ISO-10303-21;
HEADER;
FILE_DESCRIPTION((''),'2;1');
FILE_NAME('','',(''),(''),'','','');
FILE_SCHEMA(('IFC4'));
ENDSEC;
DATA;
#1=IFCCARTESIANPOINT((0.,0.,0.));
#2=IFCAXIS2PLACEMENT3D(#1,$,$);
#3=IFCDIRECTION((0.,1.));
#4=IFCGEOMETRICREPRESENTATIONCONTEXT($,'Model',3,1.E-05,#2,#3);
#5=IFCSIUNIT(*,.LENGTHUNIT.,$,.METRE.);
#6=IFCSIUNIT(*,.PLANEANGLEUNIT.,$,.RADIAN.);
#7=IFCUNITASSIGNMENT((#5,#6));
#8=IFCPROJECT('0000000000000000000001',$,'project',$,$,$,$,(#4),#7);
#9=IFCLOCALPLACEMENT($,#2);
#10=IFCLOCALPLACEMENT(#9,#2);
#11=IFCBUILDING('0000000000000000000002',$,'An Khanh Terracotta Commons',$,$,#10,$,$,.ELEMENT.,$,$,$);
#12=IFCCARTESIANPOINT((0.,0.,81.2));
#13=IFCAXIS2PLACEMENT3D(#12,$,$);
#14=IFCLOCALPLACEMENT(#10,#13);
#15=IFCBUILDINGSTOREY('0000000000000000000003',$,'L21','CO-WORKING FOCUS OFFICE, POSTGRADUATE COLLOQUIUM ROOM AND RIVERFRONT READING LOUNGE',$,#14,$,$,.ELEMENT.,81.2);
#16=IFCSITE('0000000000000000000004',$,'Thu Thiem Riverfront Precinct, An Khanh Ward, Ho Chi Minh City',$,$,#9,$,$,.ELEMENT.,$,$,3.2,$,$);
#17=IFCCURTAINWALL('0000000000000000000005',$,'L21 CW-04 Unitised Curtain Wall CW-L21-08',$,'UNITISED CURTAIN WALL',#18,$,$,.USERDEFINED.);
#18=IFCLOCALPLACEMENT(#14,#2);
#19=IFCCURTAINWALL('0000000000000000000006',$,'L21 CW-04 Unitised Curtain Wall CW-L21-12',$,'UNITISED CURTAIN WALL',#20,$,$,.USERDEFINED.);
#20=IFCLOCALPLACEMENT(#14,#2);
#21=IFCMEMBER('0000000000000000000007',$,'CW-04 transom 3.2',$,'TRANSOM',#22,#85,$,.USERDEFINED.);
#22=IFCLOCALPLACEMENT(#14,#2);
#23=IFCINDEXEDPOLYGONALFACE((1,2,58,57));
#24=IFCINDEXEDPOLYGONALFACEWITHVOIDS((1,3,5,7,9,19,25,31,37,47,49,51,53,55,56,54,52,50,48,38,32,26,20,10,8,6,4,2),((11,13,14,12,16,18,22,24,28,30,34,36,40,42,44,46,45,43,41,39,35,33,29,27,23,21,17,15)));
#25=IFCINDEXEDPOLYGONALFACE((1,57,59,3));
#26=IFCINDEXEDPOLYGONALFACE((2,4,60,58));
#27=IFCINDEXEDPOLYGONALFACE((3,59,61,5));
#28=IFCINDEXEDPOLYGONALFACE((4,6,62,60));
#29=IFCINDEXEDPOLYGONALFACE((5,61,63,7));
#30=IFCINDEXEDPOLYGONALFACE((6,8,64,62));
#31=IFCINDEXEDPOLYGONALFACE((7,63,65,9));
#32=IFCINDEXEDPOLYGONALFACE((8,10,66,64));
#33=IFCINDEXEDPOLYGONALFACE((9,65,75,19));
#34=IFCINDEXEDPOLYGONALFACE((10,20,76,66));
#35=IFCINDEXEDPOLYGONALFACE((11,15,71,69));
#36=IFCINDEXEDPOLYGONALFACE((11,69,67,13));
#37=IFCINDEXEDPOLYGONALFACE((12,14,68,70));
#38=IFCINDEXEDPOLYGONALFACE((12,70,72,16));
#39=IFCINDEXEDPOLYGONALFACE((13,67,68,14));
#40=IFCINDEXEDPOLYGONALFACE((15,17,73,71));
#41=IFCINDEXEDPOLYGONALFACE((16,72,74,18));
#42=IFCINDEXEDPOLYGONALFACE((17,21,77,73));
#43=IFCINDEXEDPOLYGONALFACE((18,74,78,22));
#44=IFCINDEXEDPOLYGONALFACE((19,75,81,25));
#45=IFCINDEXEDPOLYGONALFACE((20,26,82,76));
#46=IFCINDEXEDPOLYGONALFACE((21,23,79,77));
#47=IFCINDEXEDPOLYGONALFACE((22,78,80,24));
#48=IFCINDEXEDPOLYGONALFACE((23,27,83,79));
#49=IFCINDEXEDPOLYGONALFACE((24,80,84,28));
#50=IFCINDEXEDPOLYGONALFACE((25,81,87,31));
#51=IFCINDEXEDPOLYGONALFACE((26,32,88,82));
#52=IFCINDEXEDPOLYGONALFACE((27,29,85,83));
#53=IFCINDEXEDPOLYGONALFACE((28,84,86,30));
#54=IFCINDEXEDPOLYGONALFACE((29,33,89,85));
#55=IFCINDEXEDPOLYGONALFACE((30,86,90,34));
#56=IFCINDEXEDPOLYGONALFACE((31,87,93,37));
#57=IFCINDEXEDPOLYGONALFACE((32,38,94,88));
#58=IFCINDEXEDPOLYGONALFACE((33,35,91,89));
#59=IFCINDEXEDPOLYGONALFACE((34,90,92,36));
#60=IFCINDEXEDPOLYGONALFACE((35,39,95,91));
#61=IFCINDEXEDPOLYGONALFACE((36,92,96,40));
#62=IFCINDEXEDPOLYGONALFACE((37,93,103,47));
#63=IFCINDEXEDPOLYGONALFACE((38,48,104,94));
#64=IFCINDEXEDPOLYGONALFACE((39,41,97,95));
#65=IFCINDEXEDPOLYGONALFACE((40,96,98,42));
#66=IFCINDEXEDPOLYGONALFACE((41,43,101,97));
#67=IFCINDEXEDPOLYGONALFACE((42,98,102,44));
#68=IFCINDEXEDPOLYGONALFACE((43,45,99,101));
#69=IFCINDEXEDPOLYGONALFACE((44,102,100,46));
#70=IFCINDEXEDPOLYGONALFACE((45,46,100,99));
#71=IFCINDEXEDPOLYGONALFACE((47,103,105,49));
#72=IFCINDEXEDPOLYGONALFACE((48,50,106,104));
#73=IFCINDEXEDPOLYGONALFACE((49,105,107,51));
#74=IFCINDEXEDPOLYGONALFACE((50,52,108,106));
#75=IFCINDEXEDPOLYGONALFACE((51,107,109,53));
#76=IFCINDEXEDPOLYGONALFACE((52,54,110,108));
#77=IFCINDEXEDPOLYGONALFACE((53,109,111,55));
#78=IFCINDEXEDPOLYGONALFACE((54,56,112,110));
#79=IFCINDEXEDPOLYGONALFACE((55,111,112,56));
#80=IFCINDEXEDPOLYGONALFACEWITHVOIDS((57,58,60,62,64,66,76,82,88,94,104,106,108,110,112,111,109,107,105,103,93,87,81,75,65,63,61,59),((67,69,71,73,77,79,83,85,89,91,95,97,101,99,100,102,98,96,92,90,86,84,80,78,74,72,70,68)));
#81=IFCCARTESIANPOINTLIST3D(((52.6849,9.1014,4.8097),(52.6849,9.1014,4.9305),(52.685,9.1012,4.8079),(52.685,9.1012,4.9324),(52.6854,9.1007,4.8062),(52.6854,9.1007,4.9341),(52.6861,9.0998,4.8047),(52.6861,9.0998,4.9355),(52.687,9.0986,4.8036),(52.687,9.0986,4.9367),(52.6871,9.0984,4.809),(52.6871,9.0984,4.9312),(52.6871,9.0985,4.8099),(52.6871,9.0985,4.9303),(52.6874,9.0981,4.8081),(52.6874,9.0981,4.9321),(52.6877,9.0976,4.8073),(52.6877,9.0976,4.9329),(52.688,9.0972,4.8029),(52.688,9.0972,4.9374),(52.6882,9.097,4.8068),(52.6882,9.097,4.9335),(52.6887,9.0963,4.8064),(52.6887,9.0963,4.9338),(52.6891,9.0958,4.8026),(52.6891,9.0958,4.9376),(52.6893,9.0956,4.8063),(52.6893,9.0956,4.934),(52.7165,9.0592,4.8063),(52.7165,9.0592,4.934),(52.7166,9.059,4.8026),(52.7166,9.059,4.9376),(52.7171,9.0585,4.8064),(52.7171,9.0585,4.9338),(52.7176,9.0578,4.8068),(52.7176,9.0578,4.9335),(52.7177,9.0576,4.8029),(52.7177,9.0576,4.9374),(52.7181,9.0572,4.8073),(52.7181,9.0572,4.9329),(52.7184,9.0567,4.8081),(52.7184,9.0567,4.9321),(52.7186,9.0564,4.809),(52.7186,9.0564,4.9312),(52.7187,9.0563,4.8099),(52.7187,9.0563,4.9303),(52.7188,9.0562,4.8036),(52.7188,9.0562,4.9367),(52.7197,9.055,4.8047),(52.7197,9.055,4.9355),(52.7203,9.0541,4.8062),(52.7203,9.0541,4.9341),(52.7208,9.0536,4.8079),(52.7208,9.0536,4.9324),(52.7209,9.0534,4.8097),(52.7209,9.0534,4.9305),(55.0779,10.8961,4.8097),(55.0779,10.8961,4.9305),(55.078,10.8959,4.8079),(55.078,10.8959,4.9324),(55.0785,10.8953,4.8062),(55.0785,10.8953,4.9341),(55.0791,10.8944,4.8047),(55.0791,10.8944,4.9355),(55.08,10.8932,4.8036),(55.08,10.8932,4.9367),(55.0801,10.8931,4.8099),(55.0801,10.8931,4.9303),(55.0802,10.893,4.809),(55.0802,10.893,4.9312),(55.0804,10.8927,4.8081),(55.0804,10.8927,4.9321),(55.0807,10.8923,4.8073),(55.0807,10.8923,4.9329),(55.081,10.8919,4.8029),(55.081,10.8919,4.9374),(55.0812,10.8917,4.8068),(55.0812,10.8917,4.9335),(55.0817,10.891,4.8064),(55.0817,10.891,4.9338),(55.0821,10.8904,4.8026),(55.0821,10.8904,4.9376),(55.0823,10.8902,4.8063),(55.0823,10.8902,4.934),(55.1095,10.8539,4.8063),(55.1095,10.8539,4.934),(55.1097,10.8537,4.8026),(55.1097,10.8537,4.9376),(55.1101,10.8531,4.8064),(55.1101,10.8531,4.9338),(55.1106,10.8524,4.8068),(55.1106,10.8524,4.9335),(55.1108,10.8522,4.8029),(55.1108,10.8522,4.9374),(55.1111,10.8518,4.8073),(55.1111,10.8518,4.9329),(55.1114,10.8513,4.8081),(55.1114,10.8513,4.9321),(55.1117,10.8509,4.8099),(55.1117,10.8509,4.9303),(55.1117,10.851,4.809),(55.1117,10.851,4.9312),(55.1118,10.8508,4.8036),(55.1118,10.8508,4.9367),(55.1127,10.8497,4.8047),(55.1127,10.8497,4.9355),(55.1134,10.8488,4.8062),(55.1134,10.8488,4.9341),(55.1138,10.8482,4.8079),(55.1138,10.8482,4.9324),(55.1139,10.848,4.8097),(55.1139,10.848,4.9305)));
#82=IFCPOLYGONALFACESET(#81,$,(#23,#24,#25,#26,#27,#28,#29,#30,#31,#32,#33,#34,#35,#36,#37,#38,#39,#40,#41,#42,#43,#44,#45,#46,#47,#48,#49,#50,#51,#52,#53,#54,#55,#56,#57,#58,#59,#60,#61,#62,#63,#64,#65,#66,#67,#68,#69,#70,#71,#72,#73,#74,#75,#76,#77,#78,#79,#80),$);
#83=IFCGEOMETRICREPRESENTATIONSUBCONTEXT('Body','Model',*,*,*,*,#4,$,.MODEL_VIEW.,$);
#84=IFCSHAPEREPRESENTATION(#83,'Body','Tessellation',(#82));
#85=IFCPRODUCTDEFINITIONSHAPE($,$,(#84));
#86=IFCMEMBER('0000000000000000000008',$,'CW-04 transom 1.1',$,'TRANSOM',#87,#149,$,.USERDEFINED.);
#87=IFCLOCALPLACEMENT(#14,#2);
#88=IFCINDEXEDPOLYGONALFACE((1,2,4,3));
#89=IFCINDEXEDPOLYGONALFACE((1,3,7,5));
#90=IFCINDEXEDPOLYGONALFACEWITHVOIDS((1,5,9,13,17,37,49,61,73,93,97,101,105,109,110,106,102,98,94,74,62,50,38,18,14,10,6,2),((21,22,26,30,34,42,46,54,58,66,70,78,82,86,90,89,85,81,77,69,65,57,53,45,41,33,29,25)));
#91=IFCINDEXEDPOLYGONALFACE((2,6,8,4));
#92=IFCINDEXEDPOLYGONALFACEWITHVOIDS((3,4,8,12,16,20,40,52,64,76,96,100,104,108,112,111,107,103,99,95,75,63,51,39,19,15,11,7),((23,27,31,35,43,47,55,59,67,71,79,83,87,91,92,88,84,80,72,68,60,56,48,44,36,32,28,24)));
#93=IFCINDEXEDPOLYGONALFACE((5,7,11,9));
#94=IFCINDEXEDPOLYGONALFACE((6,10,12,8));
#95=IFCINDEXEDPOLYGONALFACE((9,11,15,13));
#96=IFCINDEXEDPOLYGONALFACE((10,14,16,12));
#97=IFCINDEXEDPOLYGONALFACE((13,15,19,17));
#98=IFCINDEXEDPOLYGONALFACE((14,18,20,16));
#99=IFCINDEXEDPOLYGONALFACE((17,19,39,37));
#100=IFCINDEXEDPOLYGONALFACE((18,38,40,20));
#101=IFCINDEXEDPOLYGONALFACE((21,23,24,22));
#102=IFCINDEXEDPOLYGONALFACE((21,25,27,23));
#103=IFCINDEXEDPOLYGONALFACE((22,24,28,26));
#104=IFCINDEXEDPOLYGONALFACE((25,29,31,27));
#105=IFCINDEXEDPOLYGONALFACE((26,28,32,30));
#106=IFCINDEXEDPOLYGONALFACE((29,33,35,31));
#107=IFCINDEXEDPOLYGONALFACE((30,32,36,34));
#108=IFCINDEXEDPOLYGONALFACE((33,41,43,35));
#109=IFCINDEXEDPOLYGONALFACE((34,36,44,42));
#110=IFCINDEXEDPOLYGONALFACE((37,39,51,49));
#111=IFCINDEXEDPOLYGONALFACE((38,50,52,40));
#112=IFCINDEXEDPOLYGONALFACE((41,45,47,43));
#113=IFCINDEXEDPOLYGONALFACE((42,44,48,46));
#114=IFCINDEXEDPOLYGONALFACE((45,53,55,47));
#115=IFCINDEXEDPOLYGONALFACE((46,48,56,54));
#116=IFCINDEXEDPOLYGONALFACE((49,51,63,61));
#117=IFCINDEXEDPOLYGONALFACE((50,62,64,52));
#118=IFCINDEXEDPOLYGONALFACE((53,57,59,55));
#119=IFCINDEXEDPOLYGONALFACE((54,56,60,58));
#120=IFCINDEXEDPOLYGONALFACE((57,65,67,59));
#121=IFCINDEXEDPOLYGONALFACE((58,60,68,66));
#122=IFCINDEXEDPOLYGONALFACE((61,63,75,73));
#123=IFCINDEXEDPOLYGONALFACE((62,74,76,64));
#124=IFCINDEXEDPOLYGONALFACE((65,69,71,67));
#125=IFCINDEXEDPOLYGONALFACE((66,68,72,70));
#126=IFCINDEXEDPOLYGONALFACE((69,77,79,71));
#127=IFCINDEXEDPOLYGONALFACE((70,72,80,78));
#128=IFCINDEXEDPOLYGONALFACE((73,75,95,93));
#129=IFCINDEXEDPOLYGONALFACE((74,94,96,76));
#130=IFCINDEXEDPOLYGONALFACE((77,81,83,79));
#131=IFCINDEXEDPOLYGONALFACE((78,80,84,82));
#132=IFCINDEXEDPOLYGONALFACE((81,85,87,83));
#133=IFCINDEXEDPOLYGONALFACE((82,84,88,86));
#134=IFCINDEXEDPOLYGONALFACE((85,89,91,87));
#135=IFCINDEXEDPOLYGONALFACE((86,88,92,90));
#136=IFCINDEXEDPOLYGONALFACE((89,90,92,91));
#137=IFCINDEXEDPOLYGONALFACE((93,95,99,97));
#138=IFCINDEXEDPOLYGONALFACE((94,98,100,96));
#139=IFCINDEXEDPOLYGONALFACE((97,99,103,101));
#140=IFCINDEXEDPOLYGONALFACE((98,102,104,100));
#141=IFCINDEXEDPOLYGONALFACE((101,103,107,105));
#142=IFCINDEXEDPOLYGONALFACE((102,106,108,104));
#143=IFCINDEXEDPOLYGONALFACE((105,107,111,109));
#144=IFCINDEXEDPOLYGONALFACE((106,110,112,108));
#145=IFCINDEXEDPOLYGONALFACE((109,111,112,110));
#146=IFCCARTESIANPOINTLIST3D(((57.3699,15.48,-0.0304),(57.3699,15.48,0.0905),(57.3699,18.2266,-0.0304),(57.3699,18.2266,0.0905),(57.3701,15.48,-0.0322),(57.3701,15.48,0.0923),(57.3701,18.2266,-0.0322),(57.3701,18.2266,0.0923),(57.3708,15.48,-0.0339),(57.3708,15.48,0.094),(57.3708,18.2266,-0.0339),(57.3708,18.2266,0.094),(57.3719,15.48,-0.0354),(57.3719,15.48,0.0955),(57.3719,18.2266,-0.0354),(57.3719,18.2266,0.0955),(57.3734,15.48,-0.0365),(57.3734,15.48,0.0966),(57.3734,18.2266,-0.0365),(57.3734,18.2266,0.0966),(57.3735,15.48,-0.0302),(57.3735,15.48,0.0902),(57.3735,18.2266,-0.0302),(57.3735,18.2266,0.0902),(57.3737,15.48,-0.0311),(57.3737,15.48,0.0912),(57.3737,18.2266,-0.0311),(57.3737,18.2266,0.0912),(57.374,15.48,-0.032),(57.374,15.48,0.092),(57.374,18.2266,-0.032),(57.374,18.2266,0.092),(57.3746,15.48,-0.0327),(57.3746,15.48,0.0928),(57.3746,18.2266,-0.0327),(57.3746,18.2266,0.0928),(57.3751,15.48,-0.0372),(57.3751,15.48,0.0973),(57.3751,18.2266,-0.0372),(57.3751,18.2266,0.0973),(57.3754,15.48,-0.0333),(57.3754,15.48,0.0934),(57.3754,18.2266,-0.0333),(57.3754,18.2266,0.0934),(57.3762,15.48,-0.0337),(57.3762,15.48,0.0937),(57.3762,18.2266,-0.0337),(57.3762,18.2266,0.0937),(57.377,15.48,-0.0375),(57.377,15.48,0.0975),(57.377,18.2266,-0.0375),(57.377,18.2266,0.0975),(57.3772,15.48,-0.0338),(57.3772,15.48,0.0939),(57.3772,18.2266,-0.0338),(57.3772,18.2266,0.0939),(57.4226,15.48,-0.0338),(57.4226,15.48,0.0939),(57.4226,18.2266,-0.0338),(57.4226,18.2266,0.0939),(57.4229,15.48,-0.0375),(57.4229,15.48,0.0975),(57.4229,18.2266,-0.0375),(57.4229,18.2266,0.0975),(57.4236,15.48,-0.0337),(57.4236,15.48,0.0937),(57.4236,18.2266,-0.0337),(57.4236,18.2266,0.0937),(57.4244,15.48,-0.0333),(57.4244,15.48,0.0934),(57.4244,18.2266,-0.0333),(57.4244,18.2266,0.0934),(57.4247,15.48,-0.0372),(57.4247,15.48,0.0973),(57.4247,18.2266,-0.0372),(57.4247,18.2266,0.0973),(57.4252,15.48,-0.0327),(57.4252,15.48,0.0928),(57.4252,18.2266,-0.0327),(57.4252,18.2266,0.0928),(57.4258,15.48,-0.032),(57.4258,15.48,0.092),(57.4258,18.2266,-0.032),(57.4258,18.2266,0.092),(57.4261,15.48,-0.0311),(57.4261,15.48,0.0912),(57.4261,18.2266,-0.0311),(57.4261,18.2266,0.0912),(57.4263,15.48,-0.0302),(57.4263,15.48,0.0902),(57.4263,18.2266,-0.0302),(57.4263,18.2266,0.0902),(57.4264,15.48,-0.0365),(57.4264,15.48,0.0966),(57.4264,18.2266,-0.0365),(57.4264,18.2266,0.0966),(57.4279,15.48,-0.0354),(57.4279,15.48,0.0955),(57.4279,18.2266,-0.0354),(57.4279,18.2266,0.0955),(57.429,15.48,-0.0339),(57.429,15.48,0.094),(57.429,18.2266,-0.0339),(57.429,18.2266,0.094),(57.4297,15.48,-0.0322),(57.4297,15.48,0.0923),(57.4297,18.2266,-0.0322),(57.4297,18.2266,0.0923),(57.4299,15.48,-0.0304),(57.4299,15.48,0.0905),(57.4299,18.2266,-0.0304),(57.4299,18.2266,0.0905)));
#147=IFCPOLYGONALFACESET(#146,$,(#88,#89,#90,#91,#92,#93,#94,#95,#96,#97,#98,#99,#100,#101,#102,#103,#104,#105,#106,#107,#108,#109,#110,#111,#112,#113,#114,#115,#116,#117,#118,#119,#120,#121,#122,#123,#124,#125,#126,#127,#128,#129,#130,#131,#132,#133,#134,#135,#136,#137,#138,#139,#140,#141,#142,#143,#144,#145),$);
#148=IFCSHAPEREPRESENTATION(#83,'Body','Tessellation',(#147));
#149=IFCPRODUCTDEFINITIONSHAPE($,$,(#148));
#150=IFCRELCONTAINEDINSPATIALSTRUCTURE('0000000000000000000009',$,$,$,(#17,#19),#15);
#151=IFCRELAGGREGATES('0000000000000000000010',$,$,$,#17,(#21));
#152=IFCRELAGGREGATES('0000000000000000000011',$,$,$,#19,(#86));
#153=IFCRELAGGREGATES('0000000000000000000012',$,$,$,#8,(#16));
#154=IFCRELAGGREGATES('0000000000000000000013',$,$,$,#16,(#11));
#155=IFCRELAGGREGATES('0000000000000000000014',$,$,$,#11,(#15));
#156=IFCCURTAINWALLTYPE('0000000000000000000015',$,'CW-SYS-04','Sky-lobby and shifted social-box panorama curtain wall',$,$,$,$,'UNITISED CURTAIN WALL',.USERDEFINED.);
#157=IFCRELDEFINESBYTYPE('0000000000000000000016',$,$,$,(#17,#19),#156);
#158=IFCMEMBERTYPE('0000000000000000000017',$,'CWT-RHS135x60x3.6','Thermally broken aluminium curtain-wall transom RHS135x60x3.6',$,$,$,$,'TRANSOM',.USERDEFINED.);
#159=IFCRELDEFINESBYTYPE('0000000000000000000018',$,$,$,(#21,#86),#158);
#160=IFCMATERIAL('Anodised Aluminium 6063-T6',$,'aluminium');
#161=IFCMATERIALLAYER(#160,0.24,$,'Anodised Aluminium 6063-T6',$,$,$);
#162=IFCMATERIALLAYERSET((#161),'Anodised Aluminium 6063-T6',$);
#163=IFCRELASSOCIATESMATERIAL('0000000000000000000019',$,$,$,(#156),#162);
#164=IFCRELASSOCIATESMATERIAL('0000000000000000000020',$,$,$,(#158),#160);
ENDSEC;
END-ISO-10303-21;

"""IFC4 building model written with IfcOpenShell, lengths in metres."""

from ifc_helpers import new_model, si_unit, direction, frame, origin, origin_2d, place, context, subcontext, project, spatial, hollow_rectangle, extrude, material, layer, layer_set, material_profile, profile_set, type_object, element, aggregate, save


model = new_model("IFC4")

# Units and contexts
model_context = context("Model", 3, precision=1e-05, world=origin(), true_north=direction((0.0, 1.0)))
body_context = subcontext(model_context, "Body", "Model", "MODEL_VIEW")
ifc_project = project(units=[si_unit("LENGTHUNIT", "METRE"), si_unit("PLANEANGLEUNIT", "RADIAN")], contexts=[model_context])

# Site, building, storey
site_placement = place(None, origin())
site = spatial("IfcSite", under=ifc_project, at=site_placement, Name="Thu Thiem Riverfront Precinct, An Khanh Ward, Ho Chi Minh City", CompositionType="ELEMENT", RefElevation=3.2)
building_placement = place(site_placement, origin())
building = spatial("IfcBuilding", under=site, at=building_placement, Name="An Khanh Terracotta Commons", CompositionType="ELEMENT")
storey_placement = place(building_placement, frame((0.0, 0.0, 81.2)))
storey = spatial("IfcBuildingStorey", under=building, at=storey_placement, Name="L21", Description="CO-WORKING FOCUS OFFICE, POSTGRADUATE COLLOQUIUM ROOM AND RIVERFRONT READING LOUNGE", CompositionType="ELEMENT", Elevation=81.2)

# Curtain walls
ifc_material_1 = material(Name="Anodised Aluminium 6063-T6", Category="aluminium")
ifc_layer_1 = layer(ifc_material_1, 0.24, Name="Anodised Aluminium 6063-T6")
ifc_layer_set_1 = layer_set([ifc_layer_1], Name="Anodised Aluminium 6063-T6")
curtain_wall_type = type_object("IfcCurtainWallType", Name="CW-SYS-04", Description="Sky-lobby and shifted social-box panorama curtain wall", ElementType="UNITISED CURTAIN WALL", PredefinedType="USERDEFINED", material=ifc_layer_set_1)
curtain_wall_1_placement = place(storey_placement, origin())
curtain_wall_1 = element("IfcCurtainWall", 1, at=curtain_wall_1_placement, inside=storey, type_object=curtain_wall_type, Name="L21 CW-04 Unitised Curtain Wall CW-L21-08", ObjectType="UNITISED CURTAIN WALL", PredefinedType="USERDEFINED")
curtain_wall_2_placement = place(storey_placement, origin())
curtain_wall_2 = element("IfcCurtainWall", 2, at=curtain_wall_2_placement, inside=storey, type_object=curtain_wall_type, Name="L21 CW-04 Unitised Curtain Wall CW-L21-12", ObjectType="UNITISED CURTAIN WALL", PredefinedType="USERDEFINED")

# Members
ifc_material_profile_1 = material_profile(ifc_material_1, hollow_rectangle(XDim=0.0601, YDim=0.135, WallThickness=0.0037, InnerFilletRadius=0.0037, OuterFilletRadius=0.0071, at=origin_2d()), Name="RHS135x60x3.6")
ifc_profile_set_1 = profile_set([ifc_material_profile_1], Name="Anodised Aluminium 6063-T6")
member_type_1 = type_object("IfcMemberType", Name="CWT-RHS135x60x3.6", Description="Thermally broken aluminium curtain-wall transom RHS135x60x3.6", ElementType="TRANSOM", PredefinedType="USERDEFINED", material=ifc_profile_set_1)
member_1_placement = place(storey_placement, frame((52.7029, 9.0774, 4.8701), z_axis=(0.80002, 0.599974, 0.0), x_axis=(-0.599974, 0.80002, 0.0)))
member_1 = element("IfcMember", 3, at=member_1_placement, type_object=member_type_1, Name="CW-04 transom 3.2", ObjectType="TRANSOM", PredefinedType="USERDEFINED", context=body_context, shape_type="SweptSolid", body=[
    extrude(hollow_rectangle(XDim=0.0601, YDim=0.135, WallThickness=0.0037, InnerFilletRadius=0.0037, OuterFilletRadius=0.0071, at=origin_2d()), origin(), (0.0, 0.0, 1.0), 2.9912),
])
member_2_placement = place(storey_placement, frame((57.3999, 15.48, 0.03), z_axis=(0.0, 1.0, 0.0), x_axis=(-1.0, 0.0, 0.0)))
member_2 = element("IfcMember", 4, at=member_2_placement, type_object=member_type_1, Name="CW-04 transom 1.1", ObjectType="TRANSOM", PredefinedType="USERDEFINED", context=body_context, shape_type="SweptSolid", body=[
    extrude(hollow_rectangle(XDim=0.0601, YDim=0.135, WallThickness=0.0037, InnerFilletRadius=0.0037, OuterFilletRadius=0.0071, at=origin_2d()), origin(), (0.0, 0.0, 1.0), 2.7466),
])

aggregate(curtain_wall_1, [member_1])
aggregate(curtain_wall_2, [member_2])

save(model, "model.ifc")
